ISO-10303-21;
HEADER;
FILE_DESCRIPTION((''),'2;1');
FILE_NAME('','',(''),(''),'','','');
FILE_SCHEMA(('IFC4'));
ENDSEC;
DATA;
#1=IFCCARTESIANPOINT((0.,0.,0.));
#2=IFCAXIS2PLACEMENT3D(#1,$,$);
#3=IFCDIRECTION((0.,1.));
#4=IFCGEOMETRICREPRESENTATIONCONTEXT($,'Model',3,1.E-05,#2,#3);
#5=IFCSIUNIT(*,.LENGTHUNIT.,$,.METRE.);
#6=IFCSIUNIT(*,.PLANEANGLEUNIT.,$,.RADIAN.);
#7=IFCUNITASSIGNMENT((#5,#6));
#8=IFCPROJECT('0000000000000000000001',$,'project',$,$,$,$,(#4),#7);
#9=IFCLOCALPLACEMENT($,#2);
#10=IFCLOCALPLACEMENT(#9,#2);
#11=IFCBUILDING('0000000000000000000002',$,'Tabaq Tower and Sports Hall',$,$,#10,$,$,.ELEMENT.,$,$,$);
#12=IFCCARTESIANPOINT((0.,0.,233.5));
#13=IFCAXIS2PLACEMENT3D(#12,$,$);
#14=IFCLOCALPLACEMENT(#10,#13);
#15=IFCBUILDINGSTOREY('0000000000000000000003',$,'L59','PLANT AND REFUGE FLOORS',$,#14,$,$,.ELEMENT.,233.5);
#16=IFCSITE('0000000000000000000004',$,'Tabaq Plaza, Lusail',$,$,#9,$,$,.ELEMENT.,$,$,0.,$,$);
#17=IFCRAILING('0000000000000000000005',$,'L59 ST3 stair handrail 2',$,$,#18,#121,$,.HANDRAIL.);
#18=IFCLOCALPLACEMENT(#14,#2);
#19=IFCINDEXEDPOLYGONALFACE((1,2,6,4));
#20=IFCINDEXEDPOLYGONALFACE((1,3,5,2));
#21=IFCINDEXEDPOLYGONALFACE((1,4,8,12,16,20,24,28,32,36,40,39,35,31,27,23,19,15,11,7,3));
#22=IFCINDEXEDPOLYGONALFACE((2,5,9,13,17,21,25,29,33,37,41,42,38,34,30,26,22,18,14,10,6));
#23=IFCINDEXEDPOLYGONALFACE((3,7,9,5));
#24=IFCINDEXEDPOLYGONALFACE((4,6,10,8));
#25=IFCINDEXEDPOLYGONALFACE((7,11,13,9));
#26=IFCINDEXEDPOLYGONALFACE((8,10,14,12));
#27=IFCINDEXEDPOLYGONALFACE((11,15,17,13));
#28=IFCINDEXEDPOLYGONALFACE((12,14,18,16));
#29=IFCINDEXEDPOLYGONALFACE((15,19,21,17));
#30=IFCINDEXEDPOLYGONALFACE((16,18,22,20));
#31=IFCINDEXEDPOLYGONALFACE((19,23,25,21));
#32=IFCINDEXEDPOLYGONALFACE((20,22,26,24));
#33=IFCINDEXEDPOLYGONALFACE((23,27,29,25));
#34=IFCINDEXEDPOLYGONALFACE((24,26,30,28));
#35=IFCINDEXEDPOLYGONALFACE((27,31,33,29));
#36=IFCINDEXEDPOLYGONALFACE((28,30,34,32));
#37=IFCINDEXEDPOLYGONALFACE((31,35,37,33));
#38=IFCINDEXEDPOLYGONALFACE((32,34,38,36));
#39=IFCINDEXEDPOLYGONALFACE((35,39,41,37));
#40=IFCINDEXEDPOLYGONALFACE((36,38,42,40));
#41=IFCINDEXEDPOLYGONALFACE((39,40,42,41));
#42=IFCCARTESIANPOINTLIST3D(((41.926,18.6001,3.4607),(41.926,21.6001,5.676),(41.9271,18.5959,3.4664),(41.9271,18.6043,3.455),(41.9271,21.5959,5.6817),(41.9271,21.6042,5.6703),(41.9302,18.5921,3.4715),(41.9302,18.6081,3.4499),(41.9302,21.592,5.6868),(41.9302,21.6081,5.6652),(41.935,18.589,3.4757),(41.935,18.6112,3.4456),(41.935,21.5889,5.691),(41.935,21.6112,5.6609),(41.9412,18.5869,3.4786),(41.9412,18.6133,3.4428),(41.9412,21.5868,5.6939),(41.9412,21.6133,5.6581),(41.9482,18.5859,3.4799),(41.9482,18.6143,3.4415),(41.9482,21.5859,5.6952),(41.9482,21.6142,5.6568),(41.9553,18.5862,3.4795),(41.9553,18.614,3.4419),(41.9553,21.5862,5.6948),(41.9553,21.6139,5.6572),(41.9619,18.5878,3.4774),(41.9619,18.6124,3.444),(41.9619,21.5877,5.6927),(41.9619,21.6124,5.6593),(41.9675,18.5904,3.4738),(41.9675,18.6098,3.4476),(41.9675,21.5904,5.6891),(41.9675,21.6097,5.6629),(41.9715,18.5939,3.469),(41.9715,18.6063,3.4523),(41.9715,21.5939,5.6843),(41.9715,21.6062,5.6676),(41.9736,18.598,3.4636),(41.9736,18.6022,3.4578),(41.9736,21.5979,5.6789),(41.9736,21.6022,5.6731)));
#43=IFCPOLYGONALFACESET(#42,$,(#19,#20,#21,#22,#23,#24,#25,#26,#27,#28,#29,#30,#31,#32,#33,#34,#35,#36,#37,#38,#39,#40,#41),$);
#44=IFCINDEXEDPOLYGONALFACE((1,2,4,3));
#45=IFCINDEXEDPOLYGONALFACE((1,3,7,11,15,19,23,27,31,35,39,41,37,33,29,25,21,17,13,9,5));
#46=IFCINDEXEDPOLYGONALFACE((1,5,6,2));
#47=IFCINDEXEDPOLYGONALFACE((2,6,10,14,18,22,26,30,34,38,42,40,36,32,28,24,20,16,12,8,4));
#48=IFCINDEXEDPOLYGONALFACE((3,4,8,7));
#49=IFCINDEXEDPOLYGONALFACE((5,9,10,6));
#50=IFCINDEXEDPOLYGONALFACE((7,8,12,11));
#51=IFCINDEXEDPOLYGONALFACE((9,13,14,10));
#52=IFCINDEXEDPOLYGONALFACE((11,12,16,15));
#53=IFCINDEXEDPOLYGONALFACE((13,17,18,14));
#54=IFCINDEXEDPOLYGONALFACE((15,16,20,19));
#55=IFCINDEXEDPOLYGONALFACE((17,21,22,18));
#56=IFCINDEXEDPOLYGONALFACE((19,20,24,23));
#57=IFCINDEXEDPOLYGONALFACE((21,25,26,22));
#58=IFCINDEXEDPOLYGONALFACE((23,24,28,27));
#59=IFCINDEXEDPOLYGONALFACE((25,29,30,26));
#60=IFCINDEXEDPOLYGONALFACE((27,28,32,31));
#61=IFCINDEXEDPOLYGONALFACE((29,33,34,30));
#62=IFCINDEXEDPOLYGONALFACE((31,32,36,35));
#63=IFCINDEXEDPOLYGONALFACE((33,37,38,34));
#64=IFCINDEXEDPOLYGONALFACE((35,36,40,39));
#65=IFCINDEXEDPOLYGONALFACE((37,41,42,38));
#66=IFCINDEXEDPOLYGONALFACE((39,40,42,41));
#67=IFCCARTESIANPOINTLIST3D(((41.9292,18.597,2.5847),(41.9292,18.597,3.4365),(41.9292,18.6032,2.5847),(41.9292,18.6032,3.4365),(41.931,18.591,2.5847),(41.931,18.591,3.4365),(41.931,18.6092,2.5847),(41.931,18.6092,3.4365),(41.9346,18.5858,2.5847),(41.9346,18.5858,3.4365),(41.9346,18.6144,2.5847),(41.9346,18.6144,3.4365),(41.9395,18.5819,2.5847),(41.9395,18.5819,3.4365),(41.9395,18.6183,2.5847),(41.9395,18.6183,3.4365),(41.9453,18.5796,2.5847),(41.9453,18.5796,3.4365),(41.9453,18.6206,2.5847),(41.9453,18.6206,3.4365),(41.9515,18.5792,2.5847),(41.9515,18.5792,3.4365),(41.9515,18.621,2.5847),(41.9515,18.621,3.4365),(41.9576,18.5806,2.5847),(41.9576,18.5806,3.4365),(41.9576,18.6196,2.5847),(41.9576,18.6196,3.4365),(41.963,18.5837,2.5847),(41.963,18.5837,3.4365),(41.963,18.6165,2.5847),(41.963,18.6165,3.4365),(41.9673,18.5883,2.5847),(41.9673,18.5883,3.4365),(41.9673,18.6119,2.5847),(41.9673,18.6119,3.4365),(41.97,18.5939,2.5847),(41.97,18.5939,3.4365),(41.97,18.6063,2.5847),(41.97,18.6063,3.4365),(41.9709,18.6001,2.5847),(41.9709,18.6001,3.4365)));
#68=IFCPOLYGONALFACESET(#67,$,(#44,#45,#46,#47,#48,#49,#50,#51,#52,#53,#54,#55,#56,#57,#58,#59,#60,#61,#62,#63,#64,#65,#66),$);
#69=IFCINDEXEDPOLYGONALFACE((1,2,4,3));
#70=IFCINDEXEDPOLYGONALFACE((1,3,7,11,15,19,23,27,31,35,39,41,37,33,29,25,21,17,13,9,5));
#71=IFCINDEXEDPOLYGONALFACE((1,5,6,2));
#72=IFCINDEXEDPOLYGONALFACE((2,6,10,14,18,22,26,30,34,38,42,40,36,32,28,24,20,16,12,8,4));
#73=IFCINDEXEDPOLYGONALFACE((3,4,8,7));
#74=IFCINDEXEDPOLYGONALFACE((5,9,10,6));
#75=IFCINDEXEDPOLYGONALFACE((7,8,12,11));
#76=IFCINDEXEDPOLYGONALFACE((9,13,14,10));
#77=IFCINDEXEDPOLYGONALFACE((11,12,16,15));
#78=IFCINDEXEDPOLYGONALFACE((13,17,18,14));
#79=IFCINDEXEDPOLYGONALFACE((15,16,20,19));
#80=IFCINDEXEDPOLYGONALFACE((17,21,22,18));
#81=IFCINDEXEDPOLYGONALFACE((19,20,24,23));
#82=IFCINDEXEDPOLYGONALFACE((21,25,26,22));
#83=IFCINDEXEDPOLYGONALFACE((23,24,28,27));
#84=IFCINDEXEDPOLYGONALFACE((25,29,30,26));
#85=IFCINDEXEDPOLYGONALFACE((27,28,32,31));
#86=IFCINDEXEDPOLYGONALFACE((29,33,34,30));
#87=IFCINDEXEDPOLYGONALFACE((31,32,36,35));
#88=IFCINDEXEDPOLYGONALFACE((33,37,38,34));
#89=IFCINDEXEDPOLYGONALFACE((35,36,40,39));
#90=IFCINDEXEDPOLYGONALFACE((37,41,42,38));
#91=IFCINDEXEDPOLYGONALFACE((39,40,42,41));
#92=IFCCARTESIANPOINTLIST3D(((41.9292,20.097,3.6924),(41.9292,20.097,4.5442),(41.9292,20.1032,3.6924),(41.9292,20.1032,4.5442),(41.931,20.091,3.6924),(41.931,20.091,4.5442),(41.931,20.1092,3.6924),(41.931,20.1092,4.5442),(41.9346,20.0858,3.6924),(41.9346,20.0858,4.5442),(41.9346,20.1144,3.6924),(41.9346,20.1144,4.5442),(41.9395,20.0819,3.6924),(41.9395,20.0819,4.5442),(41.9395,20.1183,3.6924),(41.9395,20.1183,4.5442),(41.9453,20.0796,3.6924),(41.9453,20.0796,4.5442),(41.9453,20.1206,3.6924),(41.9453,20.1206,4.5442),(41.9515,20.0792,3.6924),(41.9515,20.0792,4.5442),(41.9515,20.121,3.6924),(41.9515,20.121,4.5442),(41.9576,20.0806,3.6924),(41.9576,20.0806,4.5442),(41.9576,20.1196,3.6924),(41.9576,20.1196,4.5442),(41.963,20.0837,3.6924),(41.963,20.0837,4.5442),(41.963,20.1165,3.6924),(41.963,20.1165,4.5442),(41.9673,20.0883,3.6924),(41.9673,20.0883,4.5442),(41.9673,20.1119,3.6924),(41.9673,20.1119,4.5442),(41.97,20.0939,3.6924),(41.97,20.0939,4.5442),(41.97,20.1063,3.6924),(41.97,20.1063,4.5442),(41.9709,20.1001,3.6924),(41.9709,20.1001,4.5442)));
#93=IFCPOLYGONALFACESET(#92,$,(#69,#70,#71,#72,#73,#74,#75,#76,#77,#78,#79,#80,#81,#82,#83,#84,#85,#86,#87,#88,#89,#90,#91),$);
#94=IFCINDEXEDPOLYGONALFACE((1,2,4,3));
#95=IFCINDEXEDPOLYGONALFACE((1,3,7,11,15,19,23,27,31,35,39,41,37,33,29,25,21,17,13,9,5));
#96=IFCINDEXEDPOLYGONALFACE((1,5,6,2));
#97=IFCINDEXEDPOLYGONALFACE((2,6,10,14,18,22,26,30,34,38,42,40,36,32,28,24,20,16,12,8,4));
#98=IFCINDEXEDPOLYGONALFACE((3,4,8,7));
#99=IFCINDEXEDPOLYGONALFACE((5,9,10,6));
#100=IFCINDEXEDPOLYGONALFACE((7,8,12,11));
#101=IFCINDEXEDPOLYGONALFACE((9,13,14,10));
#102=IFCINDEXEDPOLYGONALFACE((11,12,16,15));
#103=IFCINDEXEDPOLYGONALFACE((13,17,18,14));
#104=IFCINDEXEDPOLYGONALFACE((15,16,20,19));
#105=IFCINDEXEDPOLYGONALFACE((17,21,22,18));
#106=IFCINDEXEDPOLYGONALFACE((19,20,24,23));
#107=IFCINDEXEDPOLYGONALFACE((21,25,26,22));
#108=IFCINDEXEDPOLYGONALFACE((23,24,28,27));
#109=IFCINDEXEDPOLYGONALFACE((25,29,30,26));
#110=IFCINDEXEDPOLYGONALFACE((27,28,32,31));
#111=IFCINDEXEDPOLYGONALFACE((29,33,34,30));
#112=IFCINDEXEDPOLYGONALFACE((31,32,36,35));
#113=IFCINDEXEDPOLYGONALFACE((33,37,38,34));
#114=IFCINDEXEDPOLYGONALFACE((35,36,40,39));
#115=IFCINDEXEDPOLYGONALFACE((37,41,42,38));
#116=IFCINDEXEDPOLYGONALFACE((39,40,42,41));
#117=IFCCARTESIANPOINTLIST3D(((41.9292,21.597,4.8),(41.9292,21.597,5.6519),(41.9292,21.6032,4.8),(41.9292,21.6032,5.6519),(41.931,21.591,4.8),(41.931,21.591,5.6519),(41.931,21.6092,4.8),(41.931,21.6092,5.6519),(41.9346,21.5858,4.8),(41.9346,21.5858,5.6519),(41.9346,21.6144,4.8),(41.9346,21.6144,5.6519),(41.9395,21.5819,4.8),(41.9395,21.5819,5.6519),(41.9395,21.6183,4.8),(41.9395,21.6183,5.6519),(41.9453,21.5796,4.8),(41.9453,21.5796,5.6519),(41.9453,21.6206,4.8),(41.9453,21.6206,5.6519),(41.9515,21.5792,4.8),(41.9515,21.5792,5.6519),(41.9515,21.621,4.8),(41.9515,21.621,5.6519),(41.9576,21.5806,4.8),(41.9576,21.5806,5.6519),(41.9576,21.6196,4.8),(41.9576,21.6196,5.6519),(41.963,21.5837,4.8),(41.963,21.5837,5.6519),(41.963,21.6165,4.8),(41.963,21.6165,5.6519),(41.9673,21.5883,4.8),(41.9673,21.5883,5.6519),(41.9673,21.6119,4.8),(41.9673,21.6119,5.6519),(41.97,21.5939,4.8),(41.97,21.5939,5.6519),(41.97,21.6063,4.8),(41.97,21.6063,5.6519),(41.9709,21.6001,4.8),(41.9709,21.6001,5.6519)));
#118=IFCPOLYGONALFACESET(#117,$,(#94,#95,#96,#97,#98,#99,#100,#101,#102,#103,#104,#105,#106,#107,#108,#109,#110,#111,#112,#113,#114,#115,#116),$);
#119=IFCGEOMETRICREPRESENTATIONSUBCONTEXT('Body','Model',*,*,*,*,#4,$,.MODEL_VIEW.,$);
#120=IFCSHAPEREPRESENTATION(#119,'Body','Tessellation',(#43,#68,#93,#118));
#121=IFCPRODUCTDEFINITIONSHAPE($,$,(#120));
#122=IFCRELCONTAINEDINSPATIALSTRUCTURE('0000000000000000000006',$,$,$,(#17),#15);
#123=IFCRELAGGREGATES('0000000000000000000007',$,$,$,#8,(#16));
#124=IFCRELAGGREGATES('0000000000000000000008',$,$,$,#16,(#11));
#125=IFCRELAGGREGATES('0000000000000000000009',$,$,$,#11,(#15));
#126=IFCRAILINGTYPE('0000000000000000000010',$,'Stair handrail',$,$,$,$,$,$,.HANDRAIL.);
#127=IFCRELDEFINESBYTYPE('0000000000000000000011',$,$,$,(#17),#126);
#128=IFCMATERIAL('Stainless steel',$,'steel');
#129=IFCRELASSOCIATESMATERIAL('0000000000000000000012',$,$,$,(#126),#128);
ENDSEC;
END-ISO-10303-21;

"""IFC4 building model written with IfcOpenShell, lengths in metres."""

from ifc_helpers import new_model, si_unit, direction, frame, origin, origin_2d, place, context, subcontext, project, spatial, circle, extrude, material, type_object, element, save


model = new_model("IFC4")

# Units and contexts
model_context = context("Model", 3, precision=1e-05, world=origin(), true_north=direction((0.0, 1.0)))
body_context = subcontext(model_context, "Body", "Model", "MODEL_VIEW")
ifc_project = project(units=[si_unit("LENGTHUNIT", "METRE"), si_unit("PLANEANGLEUNIT", "RADIAN")], contexts=[model_context])

# Site, building, storey
site_placement = place(None, origin())
site = spatial("IfcSite", under=ifc_project, at=site_placement, Name="Tabaq Plaza, Lusail", CompositionType="ELEMENT", RefElevation=0.0)
building_placement = place(site_placement, origin())
building = spatial("IfcBuilding", under=site, at=building_placement, Name="Tabaq Tower and Sports Hall", CompositionType="ELEMENT")
storey_placement = place(building_placement, frame((0.0, 0.0, 233.5)))
storey = spatial("IfcBuildingStorey", under=building, at=storey_placement, Name="L59", Description="PLANT AND REFUGE FLOORS", CompositionType="ELEMENT", Elevation=233.5)

# Railing
ifc_material_1 = material(Name="Stainless steel", Category="steel")
railing_type_1 = type_object("IfcRailingType", Name="Stair handrail", PredefinedType="HANDRAIL", material=ifc_material_1)
railing_1_placement = place(storey_placement, frame((41.95, 18.6001, 2.5847)))
element("IfcRailing", 1, at=railing_1_placement, inside=storey, type_object=railing_type_1, Name="L59 ST3 stair handrail 2", PredefinedType="HANDRAIL", context=body_context, shape_type="SweptSolid", body=[
    extrude(circle(Radius=0.0239, at=origin_2d()), frame((0.0, 0.0, 0.876), z_axis=(0.0, 0.80444, 0.594034), x_axis=(-1.0, 0.0, 0.0)), (0.0, 0.0, 1.0), 3.7292),
    extrude(circle(Radius=0.021, at=origin_2d()), origin(), (0.0, 0.0, 1.0), 0.8518),
    extrude(circle(Radius=0.021, at=origin_2d()), frame((0.0, 1.5, 1.1077)), (0.0, 0.0, 1.0), 0.8518),
    extrude(circle(Radius=0.021, at=origin_2d()), frame((0.0, 3.0, 2.2153)), (0.0, 0.0, 1.0), 0.8518),
])

save(model, "model.ifc")
